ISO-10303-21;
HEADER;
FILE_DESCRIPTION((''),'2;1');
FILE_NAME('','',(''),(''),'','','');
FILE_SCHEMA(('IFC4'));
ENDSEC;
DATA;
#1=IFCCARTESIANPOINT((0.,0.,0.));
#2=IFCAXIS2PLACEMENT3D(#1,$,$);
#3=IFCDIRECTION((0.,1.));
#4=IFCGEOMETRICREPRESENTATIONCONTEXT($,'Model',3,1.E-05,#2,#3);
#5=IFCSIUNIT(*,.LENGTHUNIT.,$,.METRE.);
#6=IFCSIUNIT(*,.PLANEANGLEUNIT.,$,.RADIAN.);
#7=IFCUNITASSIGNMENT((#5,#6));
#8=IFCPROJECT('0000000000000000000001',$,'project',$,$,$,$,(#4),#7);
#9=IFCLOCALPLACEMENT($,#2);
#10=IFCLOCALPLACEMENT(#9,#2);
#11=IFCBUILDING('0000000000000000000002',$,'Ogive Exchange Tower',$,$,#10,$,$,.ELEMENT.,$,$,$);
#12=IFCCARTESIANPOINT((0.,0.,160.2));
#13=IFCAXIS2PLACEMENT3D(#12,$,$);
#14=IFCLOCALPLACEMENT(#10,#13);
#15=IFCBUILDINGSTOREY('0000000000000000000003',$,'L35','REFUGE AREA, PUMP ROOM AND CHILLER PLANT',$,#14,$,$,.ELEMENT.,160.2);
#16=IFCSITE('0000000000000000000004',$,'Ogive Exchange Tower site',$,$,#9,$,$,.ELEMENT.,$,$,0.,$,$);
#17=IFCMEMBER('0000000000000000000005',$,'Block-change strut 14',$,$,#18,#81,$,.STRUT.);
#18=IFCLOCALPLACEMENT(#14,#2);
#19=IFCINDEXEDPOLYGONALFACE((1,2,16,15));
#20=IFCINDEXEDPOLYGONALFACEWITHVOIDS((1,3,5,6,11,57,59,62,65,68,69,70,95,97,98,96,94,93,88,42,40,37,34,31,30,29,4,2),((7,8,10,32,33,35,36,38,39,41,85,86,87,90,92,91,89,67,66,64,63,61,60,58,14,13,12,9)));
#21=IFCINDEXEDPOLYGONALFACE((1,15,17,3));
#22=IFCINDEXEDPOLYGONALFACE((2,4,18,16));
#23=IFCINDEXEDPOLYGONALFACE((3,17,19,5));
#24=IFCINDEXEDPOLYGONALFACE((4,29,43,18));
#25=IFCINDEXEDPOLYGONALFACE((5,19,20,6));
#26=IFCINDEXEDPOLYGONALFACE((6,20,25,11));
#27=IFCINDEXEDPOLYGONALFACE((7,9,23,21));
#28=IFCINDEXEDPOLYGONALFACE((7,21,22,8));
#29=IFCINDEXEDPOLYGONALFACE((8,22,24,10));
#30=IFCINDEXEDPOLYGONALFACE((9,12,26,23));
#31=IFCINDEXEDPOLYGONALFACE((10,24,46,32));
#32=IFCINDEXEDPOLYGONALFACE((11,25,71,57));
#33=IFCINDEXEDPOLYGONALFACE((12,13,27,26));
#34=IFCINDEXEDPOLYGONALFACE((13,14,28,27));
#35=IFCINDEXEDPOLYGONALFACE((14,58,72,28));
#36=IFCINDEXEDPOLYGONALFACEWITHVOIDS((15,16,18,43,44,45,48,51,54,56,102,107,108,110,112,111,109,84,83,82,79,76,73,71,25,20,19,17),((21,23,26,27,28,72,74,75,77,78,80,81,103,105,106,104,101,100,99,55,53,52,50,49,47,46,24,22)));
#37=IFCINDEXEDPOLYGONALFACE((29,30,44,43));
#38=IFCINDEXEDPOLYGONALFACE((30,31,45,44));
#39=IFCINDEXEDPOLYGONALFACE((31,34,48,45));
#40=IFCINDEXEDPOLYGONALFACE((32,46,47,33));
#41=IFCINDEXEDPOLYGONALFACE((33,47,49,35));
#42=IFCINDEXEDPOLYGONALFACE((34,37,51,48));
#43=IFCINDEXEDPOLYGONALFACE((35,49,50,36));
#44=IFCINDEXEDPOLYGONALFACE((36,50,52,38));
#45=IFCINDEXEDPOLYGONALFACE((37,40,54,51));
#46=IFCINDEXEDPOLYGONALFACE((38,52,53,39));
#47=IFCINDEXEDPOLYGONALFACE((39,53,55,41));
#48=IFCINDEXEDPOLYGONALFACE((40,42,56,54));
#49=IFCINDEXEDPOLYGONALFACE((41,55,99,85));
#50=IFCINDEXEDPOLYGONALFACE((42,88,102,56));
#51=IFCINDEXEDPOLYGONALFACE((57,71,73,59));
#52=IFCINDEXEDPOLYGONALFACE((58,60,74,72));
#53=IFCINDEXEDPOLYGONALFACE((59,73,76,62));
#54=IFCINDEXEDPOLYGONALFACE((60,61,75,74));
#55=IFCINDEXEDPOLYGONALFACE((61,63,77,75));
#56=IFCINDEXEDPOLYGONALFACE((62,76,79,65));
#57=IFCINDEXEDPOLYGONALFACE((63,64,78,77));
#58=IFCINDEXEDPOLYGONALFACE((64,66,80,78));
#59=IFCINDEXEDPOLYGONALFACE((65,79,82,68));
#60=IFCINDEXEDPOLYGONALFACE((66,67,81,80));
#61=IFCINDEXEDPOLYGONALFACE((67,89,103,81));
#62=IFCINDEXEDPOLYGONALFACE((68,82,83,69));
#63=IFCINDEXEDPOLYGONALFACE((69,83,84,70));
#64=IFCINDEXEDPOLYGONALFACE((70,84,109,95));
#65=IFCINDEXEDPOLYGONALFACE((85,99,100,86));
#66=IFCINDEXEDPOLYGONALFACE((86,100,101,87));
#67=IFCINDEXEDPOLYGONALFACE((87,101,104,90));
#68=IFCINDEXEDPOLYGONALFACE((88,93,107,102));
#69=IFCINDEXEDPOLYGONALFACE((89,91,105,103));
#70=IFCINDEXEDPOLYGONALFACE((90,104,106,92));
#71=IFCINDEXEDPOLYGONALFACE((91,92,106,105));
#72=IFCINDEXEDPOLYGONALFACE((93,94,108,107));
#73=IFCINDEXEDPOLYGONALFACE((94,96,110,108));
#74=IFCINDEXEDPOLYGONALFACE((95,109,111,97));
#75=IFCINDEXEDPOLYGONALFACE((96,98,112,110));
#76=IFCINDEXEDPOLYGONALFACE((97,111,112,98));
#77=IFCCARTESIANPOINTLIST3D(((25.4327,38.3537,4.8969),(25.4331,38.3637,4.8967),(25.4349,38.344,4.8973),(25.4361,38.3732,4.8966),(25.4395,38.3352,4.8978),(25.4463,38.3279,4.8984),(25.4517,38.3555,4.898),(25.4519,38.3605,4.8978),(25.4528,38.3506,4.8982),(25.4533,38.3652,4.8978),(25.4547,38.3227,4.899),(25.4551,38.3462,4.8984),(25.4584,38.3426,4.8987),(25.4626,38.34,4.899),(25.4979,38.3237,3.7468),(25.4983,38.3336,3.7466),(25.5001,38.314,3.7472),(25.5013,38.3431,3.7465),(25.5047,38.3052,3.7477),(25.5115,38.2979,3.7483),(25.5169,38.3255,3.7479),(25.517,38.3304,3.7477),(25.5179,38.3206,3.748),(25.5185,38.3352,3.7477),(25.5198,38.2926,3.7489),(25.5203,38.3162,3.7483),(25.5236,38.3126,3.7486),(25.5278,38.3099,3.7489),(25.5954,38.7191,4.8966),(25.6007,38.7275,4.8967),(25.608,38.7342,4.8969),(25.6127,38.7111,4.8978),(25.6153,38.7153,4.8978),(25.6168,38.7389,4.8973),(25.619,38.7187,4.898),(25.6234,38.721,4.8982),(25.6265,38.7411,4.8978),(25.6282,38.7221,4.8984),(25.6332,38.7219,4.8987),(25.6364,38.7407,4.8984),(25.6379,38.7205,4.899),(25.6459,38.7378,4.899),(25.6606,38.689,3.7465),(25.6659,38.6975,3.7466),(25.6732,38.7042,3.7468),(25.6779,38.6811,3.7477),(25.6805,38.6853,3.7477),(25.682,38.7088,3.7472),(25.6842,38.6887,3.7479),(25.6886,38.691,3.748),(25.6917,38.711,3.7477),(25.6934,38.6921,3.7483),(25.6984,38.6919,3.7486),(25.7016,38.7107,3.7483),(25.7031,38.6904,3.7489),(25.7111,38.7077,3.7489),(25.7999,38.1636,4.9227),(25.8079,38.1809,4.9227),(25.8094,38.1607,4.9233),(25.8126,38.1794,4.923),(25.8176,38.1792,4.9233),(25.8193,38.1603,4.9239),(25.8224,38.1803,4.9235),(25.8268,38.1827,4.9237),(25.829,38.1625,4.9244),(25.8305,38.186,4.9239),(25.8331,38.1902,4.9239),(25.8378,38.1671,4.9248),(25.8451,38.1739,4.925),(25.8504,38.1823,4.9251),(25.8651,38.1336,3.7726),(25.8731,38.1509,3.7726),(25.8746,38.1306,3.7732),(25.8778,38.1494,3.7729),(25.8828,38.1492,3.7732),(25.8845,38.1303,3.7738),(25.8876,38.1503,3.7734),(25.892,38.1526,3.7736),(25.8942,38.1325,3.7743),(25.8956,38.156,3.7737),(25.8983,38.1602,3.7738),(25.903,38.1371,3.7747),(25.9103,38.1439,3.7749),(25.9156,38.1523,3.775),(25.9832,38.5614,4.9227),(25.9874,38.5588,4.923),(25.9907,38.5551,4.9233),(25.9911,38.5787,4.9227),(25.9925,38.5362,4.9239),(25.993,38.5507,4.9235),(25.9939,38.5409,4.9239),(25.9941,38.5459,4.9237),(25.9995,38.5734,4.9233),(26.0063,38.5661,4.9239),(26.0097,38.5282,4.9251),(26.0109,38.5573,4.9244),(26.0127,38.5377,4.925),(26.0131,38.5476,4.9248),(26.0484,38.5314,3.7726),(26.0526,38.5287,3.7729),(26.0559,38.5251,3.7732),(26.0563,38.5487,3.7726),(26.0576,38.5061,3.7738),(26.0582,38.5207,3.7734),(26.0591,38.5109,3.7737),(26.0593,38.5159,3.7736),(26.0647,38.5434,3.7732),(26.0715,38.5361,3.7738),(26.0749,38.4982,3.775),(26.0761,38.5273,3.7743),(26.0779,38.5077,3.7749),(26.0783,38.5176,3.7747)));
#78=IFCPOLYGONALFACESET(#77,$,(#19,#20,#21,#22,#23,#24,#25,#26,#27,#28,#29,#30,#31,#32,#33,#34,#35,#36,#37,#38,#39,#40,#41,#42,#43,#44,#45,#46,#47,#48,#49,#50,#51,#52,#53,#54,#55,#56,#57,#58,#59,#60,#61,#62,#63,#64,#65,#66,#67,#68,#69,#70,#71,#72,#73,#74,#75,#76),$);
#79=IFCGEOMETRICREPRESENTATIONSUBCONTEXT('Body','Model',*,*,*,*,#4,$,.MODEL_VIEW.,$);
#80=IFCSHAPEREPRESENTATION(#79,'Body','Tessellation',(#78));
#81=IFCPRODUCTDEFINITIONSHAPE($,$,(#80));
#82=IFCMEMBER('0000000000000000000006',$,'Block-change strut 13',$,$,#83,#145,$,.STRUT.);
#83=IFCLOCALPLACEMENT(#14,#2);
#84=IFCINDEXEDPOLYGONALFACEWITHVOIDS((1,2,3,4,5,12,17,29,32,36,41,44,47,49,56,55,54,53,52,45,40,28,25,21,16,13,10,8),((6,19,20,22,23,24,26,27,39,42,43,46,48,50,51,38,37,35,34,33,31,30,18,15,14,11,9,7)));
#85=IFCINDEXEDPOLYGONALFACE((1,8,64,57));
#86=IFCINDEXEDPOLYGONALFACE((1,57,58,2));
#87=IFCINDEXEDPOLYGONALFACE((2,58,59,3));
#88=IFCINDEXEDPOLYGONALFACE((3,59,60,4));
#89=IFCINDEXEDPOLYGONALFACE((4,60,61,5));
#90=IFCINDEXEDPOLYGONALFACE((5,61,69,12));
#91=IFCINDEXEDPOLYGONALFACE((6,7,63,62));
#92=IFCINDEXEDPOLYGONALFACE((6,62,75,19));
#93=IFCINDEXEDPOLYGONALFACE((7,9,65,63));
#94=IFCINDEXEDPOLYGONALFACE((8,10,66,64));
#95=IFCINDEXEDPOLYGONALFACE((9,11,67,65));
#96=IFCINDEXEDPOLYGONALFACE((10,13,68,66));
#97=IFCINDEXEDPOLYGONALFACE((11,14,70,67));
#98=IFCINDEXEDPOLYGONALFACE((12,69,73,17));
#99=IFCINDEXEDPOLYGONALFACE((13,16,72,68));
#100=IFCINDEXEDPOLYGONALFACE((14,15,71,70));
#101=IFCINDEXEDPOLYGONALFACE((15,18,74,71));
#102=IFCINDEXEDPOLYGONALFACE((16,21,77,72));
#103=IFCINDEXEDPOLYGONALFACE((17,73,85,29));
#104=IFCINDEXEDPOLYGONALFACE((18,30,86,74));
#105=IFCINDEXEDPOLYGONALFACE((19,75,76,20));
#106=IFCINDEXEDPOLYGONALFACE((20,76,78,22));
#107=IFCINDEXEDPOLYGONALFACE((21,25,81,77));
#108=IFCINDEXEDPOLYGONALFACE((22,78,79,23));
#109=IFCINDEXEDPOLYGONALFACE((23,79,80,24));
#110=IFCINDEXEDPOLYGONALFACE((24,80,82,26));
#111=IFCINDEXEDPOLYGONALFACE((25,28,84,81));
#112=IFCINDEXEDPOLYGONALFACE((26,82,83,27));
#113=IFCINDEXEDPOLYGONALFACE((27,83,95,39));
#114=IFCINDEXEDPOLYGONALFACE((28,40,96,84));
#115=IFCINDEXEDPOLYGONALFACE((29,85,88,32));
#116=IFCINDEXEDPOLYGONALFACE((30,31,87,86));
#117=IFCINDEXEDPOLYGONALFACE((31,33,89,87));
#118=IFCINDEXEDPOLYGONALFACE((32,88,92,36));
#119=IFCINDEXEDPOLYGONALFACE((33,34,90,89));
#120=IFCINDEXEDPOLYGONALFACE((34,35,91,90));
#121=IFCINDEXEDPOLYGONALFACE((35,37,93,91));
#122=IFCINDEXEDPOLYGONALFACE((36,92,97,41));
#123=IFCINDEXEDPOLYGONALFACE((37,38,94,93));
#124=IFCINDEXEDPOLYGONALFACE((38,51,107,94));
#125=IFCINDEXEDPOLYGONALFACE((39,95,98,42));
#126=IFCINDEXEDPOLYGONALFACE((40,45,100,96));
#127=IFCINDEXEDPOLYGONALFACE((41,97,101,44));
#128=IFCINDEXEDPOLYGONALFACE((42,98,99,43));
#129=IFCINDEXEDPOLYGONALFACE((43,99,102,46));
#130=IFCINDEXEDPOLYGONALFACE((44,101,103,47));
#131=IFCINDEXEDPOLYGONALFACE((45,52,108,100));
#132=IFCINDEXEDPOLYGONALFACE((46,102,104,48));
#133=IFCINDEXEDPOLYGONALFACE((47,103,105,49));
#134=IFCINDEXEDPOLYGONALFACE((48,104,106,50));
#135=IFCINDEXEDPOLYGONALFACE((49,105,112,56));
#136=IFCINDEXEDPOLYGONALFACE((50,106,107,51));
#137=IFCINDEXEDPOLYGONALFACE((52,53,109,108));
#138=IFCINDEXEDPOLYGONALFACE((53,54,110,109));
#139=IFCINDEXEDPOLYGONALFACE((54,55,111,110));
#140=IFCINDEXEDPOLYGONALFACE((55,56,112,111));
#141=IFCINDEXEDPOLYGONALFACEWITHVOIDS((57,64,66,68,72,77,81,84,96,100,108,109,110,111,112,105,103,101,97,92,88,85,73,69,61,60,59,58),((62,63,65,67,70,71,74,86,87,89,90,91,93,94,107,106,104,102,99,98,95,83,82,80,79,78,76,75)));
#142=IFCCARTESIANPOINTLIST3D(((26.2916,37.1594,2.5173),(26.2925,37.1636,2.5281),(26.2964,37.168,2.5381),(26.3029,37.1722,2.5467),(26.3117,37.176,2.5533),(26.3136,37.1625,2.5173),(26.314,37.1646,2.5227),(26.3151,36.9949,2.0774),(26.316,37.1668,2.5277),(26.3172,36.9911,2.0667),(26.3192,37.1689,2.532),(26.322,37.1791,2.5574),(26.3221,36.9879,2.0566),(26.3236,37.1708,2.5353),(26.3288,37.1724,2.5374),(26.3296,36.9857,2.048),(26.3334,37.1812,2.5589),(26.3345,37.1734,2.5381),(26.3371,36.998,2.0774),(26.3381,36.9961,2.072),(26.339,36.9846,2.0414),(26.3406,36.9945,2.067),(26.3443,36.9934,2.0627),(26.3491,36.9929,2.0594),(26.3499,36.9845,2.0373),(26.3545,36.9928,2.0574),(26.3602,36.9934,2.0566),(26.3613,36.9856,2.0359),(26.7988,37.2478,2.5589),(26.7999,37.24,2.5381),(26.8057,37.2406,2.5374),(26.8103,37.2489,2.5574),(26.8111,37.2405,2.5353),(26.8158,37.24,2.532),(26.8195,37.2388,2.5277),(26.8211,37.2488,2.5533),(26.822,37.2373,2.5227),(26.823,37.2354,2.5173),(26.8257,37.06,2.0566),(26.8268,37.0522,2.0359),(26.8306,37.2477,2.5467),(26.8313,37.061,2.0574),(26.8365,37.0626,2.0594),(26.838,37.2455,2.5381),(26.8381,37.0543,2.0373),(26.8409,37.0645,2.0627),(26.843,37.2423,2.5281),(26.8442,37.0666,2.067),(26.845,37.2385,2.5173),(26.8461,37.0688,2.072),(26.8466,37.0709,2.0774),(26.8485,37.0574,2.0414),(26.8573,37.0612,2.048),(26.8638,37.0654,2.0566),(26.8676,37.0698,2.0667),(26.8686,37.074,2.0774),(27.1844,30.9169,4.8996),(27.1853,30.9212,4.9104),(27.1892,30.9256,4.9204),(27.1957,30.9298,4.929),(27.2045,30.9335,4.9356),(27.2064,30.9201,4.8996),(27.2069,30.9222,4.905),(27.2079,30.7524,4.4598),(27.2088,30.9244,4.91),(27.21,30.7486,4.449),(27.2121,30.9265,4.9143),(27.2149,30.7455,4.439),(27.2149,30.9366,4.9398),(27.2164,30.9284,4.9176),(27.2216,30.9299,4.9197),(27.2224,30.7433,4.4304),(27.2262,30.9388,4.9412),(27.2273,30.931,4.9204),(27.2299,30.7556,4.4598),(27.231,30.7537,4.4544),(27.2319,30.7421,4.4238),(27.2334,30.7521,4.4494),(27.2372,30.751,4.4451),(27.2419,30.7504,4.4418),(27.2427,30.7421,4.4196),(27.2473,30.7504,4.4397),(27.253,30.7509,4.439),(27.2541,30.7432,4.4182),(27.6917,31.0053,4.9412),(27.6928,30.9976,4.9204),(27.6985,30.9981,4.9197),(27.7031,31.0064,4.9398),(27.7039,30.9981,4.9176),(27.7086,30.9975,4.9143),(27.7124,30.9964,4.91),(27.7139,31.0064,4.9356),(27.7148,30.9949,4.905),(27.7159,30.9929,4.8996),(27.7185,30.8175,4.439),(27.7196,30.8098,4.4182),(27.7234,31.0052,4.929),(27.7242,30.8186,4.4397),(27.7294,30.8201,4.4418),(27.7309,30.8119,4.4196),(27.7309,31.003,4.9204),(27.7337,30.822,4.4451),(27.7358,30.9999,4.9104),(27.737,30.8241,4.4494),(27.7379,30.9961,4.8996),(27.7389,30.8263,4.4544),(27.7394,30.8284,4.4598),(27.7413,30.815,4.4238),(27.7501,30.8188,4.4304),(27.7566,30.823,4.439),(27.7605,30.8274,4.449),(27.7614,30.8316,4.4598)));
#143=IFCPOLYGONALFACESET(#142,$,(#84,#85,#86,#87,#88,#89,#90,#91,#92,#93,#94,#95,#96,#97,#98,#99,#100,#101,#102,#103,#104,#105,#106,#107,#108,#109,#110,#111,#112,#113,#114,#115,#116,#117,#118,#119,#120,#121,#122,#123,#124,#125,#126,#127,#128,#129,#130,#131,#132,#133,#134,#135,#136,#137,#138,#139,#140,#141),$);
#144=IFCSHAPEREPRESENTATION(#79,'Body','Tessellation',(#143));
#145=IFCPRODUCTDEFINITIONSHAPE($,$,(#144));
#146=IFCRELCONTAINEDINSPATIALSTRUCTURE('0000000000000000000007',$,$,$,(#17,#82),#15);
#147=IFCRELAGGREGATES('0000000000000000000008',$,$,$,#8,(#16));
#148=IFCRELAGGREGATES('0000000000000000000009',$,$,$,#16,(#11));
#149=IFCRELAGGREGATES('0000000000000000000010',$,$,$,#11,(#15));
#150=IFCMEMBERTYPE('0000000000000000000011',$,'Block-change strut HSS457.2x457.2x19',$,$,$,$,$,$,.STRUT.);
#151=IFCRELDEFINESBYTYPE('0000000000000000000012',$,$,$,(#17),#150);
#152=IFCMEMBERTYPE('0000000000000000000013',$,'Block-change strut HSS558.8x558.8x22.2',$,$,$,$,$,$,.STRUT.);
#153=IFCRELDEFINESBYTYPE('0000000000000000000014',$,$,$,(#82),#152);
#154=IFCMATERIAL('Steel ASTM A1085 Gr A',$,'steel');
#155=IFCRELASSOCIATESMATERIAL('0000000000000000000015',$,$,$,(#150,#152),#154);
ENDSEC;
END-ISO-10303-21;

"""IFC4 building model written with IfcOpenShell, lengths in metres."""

from ifc_helpers import new_model, si_unit, direction, frame, origin, origin_2d, place, context, subcontext, project, spatial, hollow_rectangle, extrude, material, material_profile, profile_set, type_object, element, save


model = new_model("IFC4")

# Units and contexts
model_context = context("Model", 3, precision=1e-05, world=origin(), true_north=direction((0.0, 1.0)))
body_context = subcontext(model_context, "Body", "Model", "MODEL_VIEW")
ifc_project = project(units=[si_unit("LENGTHUNIT", "METRE"), si_unit("PLANEANGLEUNIT", "RADIAN")], contexts=[model_context])

# Site, building, storey
site_placement = place(None, origin())
site = spatial("IfcSite", under=ifc_project, at=site_placement, Name="Ogive Exchange Tower site", CompositionType="ELEMENT", RefElevation=0.0)
building_placement = place(site_placement, origin())
building = spatial("IfcBuilding", under=site, at=building_placement, Name="Ogive Exchange Tower", CompositionType="ELEMENT")
storey_placement = place(building_placement, frame((0.0, 0.0, 160.2)))
storey = spatial("IfcBuildingStorey", under=building, at=storey_placement, Name="L35", Description="REFUGE AREA, PUMP ROOM AND CHILLER PLANT", CompositionType="ELEMENT", Elevation=160.2)

# Shared definitions
ifc_material_1 = material(Name="Steel ASTM A1085 Gr A", Category="steel")

# Members
ifc_material_profile_1 = material_profile(ifc_material_1, hollow_rectangle(XDim=0.457, YDim=0.457, WallThickness=0.019, InnerFilletRadius=0.019, OuterFilletRadius=0.0381, at=origin_2d()), Name="HSS457.2x457.2x19")
ifc_profile_set_1 = profile_set([ifc_material_profile_1], Name="Steel ASTM A1085 Gr A")
member_type_1 = type_object("IfcMemberType", Name="Block-change strut HSS457.2x457.2x19", PredefinedType="STRUT", material=ifc_profile_set_1)
member_1_placement = place(storey_placement, frame((25.7881, 38.4207, 3.7607), z_axis=(-0.056566, 0.026058, 0.998059), x_axis=(-0.418411, -0.908258, 0.0)))
element("IfcMember", 1, at=member_1_placement, inside=storey, type_object=member_type_1, Name="Block-change strut 14", PredefinedType="STRUT", context=body_context, shape_type="SweptSolid", body=[
    extrude(hollow_rectangle(XDim=0.457, YDim=0.457, WallThickness=0.019, InnerFilletRadius=0.019, OuterFilletRadius=0.0381, at=origin_2d()), origin(), (0.0, 0.0, 1.0), 1.1523),
])
ifc_material_profile_2 = material_profile(ifc_material_1, hollow_rectangle(XDim=0.5591, YDim=0.5591, WallThickness=0.0222, InnerFilletRadius=0.0222, OuterFilletRadius=0.0444, at=origin_2d()), Name="HSS558.8x558.8x22.2")
ifc_profile_set_2 = profile_set([ifc_material_profile_2], Name="Steel ASTM A1085 Gr A")
member_type_2 = type_object("IfcMemberType", Name="Block-change strut HSS558.8x558.8x22.2", PredefinedType="STRUT", material=ifc_profile_set_2)
member_2_placement = place(storey_placement, frame((26.5801, 37.1167, 2.2974), z_axis=(0.132447, -0.926045, 0.35341), x_axis=(0.989926, 0.141584, 0.0)))
element("IfcMember", 2, at=member_2_placement, inside=storey, type_object=member_type_2, Name="Block-change strut 13", PredefinedType="STRUT", context=body_context, shape_type="SweptSolid", body=[
    extrude(hollow_rectangle(XDim=0.5591, YDim=0.5591, WallThickness=0.0222, InnerFilletRadius=0.0222, OuterFilletRadius=0.0444, at=origin_2d()), origin(), (0.0, 0.0, 1.0), 6.741),
])

save(model, "model.ifc")
